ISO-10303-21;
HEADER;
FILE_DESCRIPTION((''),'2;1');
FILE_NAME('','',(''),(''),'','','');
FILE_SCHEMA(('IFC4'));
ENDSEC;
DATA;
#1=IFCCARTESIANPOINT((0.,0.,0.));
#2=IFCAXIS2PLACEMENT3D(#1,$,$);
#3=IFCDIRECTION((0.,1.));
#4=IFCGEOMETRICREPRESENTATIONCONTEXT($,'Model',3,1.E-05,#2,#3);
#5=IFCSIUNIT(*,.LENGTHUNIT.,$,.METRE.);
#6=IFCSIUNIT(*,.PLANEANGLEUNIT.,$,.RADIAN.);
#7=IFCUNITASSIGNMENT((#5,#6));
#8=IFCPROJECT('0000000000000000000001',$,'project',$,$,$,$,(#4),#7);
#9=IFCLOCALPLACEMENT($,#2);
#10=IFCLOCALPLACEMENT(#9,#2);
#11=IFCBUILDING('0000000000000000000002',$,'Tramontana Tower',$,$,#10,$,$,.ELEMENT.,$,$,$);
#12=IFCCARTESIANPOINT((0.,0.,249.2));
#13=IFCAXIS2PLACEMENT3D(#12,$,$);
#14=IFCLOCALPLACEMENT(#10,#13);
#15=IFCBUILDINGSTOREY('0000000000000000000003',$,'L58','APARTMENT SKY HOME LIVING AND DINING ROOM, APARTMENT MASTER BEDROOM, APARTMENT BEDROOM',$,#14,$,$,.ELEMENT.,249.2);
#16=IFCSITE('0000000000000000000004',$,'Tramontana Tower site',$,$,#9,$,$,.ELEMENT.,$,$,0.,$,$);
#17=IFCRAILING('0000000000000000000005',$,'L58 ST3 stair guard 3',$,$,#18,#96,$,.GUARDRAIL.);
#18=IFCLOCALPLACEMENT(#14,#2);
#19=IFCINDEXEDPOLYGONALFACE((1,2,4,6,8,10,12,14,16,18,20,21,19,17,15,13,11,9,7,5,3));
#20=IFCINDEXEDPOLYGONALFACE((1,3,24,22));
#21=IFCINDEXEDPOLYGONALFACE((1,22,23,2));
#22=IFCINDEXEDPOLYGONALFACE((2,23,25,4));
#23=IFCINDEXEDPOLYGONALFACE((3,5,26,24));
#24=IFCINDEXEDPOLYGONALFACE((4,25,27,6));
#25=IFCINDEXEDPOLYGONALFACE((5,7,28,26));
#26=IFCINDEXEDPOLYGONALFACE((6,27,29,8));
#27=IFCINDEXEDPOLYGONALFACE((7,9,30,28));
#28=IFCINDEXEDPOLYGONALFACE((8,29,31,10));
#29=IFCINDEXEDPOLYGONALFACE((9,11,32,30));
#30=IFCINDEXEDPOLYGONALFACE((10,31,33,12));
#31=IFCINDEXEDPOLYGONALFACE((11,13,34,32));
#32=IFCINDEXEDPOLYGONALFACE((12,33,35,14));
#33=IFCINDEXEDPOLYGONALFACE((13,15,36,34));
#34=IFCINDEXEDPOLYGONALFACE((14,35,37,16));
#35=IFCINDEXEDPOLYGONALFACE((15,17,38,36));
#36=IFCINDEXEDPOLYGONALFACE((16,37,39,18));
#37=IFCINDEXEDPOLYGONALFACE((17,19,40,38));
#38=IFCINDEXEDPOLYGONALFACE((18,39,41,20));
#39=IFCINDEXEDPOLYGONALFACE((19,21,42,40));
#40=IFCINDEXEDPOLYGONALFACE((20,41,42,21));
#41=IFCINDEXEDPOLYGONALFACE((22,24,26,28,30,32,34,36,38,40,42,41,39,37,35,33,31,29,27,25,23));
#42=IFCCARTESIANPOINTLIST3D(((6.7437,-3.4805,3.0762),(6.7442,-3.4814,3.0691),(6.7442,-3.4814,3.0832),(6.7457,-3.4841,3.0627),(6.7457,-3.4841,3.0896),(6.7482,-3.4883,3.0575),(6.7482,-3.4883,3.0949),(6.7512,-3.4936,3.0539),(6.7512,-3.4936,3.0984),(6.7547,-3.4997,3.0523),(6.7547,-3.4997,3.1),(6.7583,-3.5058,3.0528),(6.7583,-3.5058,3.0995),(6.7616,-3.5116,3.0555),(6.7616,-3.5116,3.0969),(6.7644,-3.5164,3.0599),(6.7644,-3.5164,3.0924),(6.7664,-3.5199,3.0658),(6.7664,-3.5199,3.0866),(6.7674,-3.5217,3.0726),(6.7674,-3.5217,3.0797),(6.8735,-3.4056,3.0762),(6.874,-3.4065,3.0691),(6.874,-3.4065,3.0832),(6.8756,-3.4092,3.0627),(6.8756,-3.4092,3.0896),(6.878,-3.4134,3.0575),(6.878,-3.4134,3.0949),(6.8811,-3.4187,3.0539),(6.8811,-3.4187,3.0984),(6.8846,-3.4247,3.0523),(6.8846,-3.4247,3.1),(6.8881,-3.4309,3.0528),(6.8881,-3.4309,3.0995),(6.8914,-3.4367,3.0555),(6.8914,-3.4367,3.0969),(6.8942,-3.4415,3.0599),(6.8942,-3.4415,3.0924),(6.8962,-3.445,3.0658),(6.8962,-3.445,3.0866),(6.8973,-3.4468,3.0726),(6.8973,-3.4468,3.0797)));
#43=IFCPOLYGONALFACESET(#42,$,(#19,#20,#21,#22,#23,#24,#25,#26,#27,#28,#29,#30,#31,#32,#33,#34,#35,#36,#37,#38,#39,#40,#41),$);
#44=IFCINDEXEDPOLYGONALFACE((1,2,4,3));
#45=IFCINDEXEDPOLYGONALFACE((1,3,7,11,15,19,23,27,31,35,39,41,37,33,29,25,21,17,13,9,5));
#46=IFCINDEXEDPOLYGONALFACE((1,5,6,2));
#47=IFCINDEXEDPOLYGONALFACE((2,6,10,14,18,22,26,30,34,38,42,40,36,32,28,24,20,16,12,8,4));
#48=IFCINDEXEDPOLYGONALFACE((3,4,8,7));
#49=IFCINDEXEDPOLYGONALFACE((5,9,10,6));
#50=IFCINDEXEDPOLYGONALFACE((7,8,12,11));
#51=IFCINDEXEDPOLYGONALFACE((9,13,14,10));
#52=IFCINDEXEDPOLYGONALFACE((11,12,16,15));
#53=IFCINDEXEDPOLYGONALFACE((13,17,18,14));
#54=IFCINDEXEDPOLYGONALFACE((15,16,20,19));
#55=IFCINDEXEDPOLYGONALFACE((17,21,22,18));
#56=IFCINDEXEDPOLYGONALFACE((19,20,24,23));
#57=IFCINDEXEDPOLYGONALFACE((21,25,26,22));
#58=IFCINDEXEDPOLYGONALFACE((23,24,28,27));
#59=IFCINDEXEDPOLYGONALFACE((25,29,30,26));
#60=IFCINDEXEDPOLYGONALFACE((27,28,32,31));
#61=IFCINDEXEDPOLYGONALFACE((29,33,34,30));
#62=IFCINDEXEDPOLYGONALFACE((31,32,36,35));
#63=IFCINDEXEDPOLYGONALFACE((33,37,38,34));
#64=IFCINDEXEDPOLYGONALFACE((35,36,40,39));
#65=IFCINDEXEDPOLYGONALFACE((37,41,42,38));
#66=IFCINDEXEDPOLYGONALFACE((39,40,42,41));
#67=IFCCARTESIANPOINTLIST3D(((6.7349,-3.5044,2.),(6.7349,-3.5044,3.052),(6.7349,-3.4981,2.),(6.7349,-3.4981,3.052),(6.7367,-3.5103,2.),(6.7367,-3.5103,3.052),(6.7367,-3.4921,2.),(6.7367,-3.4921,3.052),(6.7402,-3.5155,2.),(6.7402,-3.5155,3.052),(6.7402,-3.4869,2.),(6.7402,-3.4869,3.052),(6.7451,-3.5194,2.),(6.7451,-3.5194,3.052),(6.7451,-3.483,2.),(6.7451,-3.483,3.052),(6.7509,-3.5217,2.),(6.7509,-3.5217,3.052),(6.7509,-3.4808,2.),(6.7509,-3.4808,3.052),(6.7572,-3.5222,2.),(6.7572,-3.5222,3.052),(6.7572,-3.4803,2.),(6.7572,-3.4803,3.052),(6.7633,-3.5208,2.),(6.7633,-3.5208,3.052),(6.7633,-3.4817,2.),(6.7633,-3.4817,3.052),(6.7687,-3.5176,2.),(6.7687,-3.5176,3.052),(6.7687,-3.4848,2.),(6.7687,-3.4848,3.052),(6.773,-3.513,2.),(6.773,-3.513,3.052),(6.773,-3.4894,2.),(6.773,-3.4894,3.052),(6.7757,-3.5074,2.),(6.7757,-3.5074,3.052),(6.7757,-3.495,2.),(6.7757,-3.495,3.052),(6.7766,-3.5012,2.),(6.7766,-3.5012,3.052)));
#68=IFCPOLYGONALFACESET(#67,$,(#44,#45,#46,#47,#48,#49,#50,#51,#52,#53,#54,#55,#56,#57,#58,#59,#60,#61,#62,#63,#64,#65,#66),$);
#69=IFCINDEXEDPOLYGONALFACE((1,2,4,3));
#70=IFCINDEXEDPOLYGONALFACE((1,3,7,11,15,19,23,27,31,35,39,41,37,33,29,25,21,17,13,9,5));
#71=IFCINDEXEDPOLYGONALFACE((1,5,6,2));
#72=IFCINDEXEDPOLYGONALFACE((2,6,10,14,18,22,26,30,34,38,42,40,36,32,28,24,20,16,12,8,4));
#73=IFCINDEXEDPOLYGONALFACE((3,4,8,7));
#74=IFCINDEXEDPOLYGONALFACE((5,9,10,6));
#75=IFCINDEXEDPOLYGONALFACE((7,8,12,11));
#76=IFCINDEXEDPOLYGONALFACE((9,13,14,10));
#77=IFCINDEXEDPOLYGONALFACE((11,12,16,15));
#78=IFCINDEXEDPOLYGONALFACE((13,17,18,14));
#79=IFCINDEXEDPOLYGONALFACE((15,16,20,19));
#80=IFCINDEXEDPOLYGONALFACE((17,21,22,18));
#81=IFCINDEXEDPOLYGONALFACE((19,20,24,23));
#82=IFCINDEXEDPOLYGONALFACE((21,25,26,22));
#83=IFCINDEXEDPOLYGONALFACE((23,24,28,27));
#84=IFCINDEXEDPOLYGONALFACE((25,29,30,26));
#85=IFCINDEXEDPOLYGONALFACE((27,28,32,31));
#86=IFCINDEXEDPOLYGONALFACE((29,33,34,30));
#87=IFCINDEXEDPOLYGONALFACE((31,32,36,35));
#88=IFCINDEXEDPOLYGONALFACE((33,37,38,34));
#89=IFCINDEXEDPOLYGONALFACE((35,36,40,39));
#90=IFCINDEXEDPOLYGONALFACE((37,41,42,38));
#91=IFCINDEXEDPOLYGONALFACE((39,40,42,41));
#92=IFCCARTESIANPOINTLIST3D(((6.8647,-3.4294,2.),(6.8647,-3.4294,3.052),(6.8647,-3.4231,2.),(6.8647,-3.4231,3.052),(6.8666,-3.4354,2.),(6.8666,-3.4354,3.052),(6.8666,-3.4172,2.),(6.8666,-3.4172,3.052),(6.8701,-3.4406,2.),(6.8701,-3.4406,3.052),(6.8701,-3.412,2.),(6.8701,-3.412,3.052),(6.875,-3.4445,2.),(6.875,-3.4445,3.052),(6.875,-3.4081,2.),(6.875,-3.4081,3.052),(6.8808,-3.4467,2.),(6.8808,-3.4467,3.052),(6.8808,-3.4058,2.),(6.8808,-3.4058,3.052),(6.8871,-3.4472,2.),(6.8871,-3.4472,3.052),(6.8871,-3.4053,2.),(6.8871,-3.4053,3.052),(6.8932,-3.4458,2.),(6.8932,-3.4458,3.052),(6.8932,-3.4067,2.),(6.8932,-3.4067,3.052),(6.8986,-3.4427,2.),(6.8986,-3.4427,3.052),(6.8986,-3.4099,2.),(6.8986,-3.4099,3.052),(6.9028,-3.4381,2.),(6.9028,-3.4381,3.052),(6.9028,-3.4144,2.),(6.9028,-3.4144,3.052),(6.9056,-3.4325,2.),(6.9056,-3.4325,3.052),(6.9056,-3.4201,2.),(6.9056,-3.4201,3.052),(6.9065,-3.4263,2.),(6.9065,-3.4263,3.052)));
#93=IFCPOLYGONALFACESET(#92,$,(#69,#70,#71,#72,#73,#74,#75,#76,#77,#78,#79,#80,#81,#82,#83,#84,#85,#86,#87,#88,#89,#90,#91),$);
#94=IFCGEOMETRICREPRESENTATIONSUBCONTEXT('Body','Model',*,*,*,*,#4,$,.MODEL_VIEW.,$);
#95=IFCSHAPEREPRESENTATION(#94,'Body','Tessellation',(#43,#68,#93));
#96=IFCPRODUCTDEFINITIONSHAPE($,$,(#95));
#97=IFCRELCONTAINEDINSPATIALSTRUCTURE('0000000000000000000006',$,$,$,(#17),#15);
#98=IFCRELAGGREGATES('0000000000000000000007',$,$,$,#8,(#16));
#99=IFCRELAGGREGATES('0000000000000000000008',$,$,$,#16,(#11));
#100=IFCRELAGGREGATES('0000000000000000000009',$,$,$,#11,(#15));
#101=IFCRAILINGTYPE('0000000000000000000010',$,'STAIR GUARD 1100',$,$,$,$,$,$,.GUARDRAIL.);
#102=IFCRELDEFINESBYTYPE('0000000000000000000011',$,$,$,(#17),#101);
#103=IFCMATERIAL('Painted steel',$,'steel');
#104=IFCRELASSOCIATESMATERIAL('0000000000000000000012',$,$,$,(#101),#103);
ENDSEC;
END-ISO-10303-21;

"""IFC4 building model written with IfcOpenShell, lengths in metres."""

from ifc_helpers import new_model, si_unit, direction, frame, origin, origin_2d, place, context, subcontext, project, spatial, circle, extrude, material, type_object, element, save


model = new_model("IFC4")

# Units and contexts
model_context = context("Model", 3, precision=1e-05, world=origin(), true_north=direction((0.0, 1.0)))
body_context = subcontext(model_context, "Body", "Model", "MODEL_VIEW")
ifc_project = project(units=[si_unit("LENGTHUNIT", "METRE"), si_unit("PLANEANGLEUNIT", "RADIAN")], contexts=[model_context])

# Site, building, storey
site_placement = place(None, origin())
site = spatial("IfcSite", under=ifc_project, at=site_placement, Name="Tramontana Tower site", CompositionType="ELEMENT", RefElevation=0.0)
building_placement = place(site_placement, origin())
building = spatial("IfcBuilding", under=site, at=building_placement, Name="Tramontana Tower", CompositionType="ELEMENT")
storey_placement = place(building_placement, frame((0.0, 0.0, 249.2)))
storey = spatial("IfcBuildingStorey", under=building, at=storey_placement, Name="L58", Description="APARTMENT SKY HOME LIVING AND DINING ROOM, APARTMENT MASTER BEDROOM, APARTMENT BEDROOM", CompositionType="ELEMENT", Elevation=249.2)

# Railing
ifc_material_1 = material(Name="Painted steel", Category="steel")
railing_type_1 = type_object("IfcRailingType", Name="STAIR GUARD 1100", PredefinedType="GUARDRAIL", material=ifc_material_1)
railing_1_placement = place(storey_placement, frame((6.7556, -3.5012, 2.0)))
element("IfcRailing", 1, at=railing_1_placement, inside=storey, type_object=railing_type_1, Name="L58 ST3 stair guard 3", PredefinedType="GUARDRAIL", context=body_context, shape_type="SweptSolid", body=[
    extrude(circle(Radius=0.0239, at=origin_2d()), frame((0.0, 0.0, 1.0762), z_axis=(0.866131, 0.499816, 0.0), x_axis=(-0.499816, 0.866131, 0.0)), (0.0, 0.0, 1.0), 0.1499),
    extrude(circle(Radius=0.021, at=origin_2d()), origin(), (0.0, 0.0, 1.0), 1.052),
    extrude(circle(Radius=0.021, at=origin_2d()), frame((0.1299, 0.075, 0.0)), (0.0, 0.0, 1.0), 1.052),
])

save(model, "model.ifc")
